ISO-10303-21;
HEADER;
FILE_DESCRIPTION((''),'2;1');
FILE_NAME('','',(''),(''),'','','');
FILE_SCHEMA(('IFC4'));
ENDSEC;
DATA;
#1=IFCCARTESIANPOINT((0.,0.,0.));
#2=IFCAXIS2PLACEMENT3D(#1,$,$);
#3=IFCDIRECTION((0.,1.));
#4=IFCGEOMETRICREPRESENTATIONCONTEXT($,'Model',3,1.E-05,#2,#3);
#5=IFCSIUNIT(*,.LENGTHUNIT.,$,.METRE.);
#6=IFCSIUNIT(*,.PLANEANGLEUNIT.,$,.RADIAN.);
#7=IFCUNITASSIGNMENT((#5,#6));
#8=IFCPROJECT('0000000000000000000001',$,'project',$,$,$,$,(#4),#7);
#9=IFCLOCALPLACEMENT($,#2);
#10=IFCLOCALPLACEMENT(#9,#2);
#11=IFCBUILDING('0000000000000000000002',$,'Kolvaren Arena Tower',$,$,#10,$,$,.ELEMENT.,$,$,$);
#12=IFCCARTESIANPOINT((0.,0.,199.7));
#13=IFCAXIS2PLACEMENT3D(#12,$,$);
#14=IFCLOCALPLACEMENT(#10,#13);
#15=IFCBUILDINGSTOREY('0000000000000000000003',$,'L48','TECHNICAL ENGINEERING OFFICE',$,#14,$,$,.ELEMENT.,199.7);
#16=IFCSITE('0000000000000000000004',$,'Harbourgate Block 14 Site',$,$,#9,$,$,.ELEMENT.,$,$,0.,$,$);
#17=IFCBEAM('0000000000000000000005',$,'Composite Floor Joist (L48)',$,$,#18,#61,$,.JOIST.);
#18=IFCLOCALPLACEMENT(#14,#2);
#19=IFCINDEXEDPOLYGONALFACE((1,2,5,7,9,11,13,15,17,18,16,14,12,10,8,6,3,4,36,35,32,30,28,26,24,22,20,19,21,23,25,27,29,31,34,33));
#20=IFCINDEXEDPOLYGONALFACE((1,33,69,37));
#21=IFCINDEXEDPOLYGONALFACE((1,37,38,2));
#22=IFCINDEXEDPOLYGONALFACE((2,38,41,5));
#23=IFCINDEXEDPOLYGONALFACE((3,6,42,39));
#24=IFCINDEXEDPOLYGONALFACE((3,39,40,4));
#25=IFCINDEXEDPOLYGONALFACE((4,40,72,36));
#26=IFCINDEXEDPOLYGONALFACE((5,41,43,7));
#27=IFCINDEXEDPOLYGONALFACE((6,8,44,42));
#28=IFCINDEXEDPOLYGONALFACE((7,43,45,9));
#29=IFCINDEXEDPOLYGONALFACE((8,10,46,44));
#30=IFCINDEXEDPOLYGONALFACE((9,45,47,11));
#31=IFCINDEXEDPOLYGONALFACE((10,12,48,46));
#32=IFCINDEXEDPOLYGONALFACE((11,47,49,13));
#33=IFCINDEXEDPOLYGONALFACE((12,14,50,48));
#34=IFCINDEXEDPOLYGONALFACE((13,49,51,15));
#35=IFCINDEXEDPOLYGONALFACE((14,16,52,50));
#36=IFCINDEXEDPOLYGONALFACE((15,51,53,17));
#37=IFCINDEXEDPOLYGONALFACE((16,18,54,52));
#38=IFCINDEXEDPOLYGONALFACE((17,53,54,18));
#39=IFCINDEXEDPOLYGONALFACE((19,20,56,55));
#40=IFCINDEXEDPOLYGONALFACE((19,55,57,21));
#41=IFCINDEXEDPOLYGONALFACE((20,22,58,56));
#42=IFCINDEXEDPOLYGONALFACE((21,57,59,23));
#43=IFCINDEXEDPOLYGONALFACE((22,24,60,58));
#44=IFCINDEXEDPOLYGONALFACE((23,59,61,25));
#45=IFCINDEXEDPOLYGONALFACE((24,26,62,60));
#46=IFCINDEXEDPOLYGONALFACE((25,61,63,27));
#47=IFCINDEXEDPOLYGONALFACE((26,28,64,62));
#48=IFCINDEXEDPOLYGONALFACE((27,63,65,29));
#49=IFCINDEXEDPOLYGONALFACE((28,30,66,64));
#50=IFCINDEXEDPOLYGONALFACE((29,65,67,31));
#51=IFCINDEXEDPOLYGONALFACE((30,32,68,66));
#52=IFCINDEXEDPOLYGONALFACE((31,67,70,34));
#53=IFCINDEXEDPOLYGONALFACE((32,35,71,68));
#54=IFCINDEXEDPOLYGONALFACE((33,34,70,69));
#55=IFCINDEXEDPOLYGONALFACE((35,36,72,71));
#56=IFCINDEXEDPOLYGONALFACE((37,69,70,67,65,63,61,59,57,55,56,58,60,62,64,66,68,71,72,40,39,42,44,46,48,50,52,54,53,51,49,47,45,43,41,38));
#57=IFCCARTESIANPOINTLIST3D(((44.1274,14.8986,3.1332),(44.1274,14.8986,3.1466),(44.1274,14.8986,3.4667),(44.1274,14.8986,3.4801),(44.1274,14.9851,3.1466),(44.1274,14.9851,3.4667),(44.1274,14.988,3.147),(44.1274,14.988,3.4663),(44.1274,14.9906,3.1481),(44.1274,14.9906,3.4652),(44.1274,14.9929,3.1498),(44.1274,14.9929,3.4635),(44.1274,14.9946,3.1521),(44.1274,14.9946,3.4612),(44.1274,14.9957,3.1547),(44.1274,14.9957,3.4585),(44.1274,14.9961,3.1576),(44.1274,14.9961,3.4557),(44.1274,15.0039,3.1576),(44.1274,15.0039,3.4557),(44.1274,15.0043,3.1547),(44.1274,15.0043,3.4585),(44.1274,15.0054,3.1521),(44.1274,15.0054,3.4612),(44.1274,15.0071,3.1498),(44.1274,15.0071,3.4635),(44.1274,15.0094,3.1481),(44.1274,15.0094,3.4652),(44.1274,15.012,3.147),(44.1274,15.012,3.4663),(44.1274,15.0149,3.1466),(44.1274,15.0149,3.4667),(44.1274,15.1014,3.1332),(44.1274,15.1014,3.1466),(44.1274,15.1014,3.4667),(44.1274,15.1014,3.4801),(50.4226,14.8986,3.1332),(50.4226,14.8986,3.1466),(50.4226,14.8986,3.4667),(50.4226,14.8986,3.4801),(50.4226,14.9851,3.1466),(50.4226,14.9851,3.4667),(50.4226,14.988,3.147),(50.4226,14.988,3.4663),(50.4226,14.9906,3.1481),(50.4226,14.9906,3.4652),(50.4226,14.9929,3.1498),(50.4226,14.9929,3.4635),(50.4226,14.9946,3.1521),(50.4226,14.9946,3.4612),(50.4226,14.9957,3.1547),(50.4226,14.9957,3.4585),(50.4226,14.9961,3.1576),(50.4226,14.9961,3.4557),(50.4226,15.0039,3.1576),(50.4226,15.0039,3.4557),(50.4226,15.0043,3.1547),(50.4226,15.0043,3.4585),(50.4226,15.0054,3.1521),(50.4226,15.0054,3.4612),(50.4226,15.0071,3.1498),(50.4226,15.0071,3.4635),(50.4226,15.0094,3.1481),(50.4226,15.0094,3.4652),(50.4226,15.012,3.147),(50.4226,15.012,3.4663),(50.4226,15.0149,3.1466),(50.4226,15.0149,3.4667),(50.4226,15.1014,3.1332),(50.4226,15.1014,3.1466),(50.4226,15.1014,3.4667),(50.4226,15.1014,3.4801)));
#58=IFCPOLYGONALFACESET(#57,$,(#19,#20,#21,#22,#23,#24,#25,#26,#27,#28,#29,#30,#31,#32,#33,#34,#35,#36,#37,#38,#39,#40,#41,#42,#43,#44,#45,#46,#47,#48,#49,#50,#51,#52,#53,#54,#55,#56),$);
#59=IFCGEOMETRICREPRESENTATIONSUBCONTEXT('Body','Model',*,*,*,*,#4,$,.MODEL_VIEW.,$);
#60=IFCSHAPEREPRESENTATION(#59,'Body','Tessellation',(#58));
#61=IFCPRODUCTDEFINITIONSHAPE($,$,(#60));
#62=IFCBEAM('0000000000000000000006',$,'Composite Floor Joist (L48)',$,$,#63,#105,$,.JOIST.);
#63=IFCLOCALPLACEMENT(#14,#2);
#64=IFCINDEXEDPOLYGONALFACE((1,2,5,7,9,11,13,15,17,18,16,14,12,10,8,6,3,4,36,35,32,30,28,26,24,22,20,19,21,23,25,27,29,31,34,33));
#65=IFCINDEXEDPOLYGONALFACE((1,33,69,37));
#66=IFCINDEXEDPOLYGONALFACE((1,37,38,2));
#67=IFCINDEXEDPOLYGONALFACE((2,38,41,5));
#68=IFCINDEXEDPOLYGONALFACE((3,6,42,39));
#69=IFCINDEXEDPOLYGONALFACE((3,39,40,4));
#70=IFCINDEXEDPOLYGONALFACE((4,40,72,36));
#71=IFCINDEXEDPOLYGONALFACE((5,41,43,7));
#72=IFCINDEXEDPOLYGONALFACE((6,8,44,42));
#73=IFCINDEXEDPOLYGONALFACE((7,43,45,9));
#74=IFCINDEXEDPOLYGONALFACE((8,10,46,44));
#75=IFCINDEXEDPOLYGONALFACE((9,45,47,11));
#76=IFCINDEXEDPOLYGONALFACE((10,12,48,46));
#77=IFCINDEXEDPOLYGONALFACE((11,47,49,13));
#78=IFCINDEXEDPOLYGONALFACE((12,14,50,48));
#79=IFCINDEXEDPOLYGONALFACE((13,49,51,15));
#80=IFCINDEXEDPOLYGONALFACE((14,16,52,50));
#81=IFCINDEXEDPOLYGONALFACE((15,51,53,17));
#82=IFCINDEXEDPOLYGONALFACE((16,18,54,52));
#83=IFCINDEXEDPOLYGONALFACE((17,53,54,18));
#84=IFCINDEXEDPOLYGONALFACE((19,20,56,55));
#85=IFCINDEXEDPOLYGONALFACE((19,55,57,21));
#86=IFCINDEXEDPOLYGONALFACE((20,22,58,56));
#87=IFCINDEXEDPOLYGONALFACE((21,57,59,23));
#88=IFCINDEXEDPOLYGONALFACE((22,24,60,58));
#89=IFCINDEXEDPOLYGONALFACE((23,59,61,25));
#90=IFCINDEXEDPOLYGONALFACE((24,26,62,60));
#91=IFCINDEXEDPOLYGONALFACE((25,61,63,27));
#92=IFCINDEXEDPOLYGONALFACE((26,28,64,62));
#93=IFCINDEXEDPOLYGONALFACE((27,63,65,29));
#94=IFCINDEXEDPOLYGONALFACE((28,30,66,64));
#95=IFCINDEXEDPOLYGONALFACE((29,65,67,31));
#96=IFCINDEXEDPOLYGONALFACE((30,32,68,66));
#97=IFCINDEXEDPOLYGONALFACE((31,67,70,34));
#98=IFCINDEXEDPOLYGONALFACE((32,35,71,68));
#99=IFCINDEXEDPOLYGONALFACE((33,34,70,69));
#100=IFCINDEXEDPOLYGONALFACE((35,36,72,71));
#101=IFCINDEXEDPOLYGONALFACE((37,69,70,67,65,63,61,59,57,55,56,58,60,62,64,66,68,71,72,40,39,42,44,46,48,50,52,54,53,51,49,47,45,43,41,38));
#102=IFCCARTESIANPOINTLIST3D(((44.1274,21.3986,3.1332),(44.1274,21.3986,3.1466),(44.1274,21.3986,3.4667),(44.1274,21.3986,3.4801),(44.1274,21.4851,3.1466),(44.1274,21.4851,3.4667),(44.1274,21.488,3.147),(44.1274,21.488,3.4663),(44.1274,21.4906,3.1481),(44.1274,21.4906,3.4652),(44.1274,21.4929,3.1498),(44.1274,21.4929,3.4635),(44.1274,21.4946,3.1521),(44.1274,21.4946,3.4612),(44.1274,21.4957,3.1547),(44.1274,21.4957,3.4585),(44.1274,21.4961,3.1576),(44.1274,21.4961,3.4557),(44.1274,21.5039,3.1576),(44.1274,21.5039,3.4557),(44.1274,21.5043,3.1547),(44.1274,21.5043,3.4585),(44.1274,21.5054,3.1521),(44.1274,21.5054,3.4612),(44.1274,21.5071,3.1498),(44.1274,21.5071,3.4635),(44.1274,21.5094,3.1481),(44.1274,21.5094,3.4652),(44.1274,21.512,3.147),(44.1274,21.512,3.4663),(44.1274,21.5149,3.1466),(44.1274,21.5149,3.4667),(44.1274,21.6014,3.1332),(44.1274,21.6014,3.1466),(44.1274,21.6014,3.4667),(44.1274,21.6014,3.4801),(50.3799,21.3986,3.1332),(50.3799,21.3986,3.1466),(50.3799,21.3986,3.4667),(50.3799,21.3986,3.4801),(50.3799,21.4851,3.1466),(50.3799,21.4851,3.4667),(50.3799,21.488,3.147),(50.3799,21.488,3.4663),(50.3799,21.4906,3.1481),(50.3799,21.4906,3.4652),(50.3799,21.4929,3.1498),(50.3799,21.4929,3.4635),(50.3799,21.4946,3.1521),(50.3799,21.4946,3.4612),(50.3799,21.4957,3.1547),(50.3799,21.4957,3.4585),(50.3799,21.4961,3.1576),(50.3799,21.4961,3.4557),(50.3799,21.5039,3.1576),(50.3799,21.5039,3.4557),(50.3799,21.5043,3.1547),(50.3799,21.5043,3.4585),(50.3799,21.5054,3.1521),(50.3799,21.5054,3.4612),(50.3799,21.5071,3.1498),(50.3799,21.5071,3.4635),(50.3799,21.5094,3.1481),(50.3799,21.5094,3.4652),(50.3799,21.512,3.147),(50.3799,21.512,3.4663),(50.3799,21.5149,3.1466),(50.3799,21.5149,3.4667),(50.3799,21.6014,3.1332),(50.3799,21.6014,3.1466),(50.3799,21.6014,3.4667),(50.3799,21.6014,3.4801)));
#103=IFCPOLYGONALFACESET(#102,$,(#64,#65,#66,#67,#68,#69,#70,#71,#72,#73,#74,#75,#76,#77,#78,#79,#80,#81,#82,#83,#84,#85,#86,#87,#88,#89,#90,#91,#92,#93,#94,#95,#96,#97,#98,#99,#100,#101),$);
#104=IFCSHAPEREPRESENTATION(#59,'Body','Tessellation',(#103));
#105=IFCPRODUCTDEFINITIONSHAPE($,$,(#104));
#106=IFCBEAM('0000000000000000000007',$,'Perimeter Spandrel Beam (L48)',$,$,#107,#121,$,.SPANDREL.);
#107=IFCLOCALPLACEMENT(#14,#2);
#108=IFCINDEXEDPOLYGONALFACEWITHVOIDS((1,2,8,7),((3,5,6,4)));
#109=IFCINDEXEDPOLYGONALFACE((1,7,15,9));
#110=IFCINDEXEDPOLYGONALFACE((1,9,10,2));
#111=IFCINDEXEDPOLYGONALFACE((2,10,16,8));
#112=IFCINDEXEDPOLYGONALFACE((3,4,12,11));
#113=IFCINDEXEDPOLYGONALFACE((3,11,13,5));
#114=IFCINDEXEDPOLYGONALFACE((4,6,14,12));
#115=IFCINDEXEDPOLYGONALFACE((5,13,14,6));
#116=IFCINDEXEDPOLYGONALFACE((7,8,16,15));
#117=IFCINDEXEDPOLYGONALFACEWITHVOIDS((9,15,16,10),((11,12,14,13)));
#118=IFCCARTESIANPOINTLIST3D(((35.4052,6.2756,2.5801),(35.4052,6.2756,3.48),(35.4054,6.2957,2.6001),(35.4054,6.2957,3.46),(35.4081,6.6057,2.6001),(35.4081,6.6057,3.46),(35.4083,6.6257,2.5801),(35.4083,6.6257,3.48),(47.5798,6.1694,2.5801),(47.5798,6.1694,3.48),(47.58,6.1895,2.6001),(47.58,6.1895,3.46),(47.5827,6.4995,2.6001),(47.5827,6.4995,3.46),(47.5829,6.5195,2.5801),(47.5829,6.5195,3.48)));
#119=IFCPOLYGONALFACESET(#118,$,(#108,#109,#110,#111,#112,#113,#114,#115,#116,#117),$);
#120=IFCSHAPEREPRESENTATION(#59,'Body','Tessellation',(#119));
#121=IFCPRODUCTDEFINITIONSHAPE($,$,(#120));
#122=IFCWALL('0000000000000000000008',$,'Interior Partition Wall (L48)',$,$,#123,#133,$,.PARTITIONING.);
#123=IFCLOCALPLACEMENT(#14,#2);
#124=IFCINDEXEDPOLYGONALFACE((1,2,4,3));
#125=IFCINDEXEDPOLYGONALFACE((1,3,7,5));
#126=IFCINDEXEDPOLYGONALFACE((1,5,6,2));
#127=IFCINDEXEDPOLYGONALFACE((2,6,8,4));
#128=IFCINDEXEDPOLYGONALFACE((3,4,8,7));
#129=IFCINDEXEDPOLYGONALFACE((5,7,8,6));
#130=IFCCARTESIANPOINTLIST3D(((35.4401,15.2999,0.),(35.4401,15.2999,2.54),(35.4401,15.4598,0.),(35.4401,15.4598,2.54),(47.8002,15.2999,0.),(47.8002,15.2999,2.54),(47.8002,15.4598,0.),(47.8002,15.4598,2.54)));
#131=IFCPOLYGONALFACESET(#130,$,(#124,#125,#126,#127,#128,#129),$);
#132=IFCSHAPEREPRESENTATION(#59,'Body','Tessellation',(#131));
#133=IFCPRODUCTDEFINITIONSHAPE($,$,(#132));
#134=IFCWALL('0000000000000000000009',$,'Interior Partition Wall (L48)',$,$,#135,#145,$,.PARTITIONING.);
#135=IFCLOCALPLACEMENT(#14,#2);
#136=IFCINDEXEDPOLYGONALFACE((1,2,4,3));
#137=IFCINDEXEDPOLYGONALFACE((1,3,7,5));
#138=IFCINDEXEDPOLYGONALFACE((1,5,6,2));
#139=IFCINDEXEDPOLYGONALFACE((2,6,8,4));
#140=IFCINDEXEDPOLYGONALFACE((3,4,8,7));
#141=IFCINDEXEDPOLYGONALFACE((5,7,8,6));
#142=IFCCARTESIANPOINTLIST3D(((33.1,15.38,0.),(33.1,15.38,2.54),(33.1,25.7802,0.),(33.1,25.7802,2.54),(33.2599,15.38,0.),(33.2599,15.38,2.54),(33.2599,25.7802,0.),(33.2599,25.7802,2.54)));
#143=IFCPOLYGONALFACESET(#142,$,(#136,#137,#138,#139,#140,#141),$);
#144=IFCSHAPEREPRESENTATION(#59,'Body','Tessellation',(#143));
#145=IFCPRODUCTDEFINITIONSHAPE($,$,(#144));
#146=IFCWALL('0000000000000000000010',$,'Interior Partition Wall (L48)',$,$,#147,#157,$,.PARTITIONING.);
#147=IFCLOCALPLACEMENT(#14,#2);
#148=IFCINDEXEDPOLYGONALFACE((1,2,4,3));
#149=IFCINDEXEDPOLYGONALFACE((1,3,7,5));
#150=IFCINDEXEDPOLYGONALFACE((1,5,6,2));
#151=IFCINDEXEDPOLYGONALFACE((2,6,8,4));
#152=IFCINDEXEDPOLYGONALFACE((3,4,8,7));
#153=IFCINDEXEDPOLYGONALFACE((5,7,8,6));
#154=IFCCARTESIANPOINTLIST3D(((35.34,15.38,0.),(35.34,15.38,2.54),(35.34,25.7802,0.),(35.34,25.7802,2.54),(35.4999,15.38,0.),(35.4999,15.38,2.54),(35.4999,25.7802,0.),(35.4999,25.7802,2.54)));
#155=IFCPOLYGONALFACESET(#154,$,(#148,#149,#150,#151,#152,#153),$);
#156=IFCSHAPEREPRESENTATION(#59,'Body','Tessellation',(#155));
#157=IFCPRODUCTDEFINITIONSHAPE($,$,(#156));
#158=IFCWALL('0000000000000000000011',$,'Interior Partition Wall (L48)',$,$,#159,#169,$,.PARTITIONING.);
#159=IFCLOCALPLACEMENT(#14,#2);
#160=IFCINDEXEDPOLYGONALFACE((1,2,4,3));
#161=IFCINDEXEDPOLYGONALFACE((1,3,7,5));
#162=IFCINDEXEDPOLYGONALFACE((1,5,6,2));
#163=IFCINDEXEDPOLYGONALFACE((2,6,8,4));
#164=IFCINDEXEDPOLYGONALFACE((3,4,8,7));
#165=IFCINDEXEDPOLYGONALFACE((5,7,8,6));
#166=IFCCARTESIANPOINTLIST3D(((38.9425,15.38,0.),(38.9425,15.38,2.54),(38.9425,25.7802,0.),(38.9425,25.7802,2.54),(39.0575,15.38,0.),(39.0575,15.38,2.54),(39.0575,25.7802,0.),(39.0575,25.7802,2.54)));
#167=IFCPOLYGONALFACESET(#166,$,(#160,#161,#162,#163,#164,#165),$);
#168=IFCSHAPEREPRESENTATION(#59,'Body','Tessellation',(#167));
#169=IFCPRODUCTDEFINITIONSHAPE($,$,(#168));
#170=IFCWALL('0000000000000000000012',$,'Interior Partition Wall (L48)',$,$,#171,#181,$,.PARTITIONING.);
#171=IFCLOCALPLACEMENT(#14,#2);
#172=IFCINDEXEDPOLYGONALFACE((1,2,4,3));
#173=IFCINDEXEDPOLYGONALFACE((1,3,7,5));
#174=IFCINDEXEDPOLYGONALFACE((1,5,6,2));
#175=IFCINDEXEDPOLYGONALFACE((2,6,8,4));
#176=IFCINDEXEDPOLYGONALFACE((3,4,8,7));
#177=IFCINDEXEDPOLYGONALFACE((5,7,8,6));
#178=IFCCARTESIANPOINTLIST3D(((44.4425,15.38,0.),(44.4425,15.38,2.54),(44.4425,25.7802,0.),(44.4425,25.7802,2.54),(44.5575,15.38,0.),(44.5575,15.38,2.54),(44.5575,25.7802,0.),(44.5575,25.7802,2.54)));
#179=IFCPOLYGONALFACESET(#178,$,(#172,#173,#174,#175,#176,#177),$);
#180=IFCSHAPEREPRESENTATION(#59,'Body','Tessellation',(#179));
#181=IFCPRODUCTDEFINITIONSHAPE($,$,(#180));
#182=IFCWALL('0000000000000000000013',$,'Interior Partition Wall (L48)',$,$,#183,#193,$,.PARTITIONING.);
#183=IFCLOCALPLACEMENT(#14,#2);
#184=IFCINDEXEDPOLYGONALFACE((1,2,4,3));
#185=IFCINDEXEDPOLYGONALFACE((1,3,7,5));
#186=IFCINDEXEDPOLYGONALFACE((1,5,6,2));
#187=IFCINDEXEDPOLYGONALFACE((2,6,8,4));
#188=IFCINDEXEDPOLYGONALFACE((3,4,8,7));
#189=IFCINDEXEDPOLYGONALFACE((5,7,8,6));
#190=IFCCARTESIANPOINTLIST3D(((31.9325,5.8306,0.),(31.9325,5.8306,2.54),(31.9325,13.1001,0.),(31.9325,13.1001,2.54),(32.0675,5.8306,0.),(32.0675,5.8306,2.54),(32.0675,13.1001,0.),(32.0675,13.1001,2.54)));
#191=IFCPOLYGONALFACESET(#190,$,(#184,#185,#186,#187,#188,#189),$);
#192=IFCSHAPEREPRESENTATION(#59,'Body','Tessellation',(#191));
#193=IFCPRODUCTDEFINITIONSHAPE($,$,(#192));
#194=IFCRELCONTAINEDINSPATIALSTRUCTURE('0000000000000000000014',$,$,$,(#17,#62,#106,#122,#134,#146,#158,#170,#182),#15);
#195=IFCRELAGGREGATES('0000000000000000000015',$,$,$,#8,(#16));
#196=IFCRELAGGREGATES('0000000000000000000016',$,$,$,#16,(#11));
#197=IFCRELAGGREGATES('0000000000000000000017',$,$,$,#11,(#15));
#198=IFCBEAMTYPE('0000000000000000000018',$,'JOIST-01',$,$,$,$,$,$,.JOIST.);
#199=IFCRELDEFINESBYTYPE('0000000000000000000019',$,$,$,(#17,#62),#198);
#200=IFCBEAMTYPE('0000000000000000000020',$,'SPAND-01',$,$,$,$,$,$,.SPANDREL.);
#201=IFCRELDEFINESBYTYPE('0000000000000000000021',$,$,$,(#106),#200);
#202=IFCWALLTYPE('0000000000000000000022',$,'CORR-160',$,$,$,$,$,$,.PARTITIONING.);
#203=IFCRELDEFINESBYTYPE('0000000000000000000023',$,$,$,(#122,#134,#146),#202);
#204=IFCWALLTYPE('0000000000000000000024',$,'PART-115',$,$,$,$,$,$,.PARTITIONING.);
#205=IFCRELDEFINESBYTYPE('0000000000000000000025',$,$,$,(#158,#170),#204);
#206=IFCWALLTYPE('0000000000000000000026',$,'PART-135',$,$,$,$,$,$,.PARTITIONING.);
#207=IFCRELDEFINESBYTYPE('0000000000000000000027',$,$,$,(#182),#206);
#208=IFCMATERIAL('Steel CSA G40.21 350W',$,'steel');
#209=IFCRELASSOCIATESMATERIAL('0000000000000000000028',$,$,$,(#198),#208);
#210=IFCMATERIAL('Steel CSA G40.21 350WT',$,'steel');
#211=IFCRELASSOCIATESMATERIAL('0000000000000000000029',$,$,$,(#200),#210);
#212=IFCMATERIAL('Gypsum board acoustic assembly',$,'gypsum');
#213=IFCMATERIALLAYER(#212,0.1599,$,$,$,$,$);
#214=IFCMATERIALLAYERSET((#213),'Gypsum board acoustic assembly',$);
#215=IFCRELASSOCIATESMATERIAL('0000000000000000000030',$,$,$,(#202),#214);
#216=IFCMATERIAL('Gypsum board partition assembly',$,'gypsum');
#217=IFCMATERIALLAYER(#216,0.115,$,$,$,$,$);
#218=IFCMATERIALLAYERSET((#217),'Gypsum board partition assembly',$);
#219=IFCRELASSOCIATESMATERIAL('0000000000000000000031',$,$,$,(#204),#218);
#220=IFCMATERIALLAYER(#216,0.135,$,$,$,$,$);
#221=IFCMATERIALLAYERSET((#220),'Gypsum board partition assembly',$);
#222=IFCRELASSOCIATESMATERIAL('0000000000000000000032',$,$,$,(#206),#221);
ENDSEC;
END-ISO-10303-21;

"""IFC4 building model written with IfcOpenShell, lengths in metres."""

from ifc_helpers import new_model, si_unit, direction, frame, frame_2d, origin, origin_2d, place, context, subcontext, project, spatial, rectangle, hollow_rectangle, i_section, extrude, material, layer, layer_set, material_profile, profile_set, type_object, element, save


model = new_model("IFC4")

# Units and contexts
model_context = context("Model", 3, precision=1e-05, world=origin(), true_north=direction((0.0, 1.0)))
body_context = subcontext(model_context, "Body", "Model", "MODEL_VIEW")
ifc_project = project(units=[si_unit("LENGTHUNIT", "METRE"), si_unit("PLANEANGLEUNIT", "RADIAN")], contexts=[model_context])

# Site, building, storey
site_placement = place(None, origin())
site = spatial("IfcSite", under=ifc_project, at=site_placement, Name="Harbourgate Block 14 Site", CompositionType="ELEMENT", RefElevation=0.0)
building_placement = place(site_placement, origin())
building = spatial("IfcBuilding", under=site, at=building_placement, Name="Kolvaren Arena Tower", CompositionType="ELEMENT")
storey_placement = place(building_placement, frame((0.0, 0.0, 199.7)))
storey = spatial("IfcBuildingStorey", under=building, at=storey_placement, Name="L48", Description="TECHNICAL ENGINEERING OFFICE", CompositionType="ELEMENT", Elevation=199.7)

# Beams
ifc_material_1 = material(Name="Steel CSA G40.21 350W", Category="steel")
ifc_material_profile_1 = material_profile(ifc_material_1, i_section(OverallWidth=0.2029, OverallDepth=0.3469, WebThickness=0.0078, FlangeThickness=0.0134, FilletRadius=0.011, at=origin_2d()), Name="W360x64")
ifc_profile_set_1 = profile_set([ifc_material_profile_1], Name="Steel CSA G40.21 350W")
beam_type_1 = type_object("IfcBeamType", Name="JOIST-01", PredefinedType="JOIST", material=ifc_profile_set_1)
for number, where, z_axis, x_axis, name in (
    (1, (44.1274, 15.0, 3.3066), (1.0, 0.0, 0.0), (0.0, 1.0, 0.0), "Composite Floor Joist (L48)"),
):
    element("IfcBeam", number, at=place(storey_placement, frame(where, z_axis=z_axis, x_axis=x_axis)), inside=storey, type_object=beam_type_1, Name=name, PredefinedType="JOIST", context=body_context, shape_type="SweptSolid", body=[
        extrude(i_section(OverallWidth=0.2029, OverallDepth=0.3469, WebThickness=0.0078, FlangeThickness=0.0134, FilletRadius=0.011, at=origin_2d()), origin(), (0.0, 0.0, 1.0), 6.2952),
    ])
beam_1_placement = place(storey_placement, frame((44.1274, 21.5, 3.3066), z_axis=(1.0, 0.0, 0.0), x_axis=(0.0, 1.0, 0.0)))
element("IfcBeam", 2, at=beam_1_placement, inside=storey, type_object=beam_type_1, Name="Composite Floor Joist (L48)", PredefinedType="JOIST", context=body_context, shape_type="SweptSolid", body=[
    extrude(i_section(OverallWidth=0.2029, OverallDepth=0.3469, WebThickness=0.0078, FlangeThickness=0.0134, FilletRadius=0.011, at=origin_2d()), origin(), (0.0, 0.0, 1.0), 6.2524),
])
ifc_material_2 = material(Name="Steel CSA G40.21 350WT", Category="steel")
ifc_material_profile_2 = material_profile(ifc_material_2, hollow_rectangle(XDim=0.3501, YDim=0.8999, WallThickness=0.02, at=origin_2d()), Name="HSS 900x350x20")
ifc_profile_set_2 = profile_set([ifc_material_profile_2], Name="Steel CSA G40.21 350WT")
beam_type_2 = type_object("IfcBeamType", Name="SPAND-01", PredefinedType="SPANDREL", material=ifc_profile_set_2)
beam_2_placement = place(storey_placement, frame((35.4067, 6.4507, 3.03), z_axis=(0.999962, -0.008723, 0.0), x_axis=(0.008723, 0.999962, 0.0)))
element("IfcBeam", 3, at=beam_2_placement, inside=storey, type_object=beam_type_2, Name="Perimeter Spandrel Beam (L48)", PredefinedType="SPANDREL", context=body_context, shape_type="SweptSolid", body=[
    extrude(hollow_rectangle(XDim=0.3501, YDim=0.8999, WallThickness=0.02, at=origin_2d()), origin(), (0.0, 0.0, 1.0), 12.175),
])

# Shared definitions
ifc_material_3 = material(Name="Gypsum board acoustic assembly", Category="gypsum")
ifc_layer_1 = layer(ifc_material_3, 0.1599)
ifc_layer_set_1 = layer_set([ifc_layer_1], Name="Gypsum board acoustic assembly")
wall_type_1 = type_object("IfcWallType", Name="CORR-160", PredefinedType="PARTITIONING", material=ifc_layer_set_1)

# Walls
wall_1_placement = place(storey_placement, frame((35.4399, 15.3799, 0.0), z_axis=(0.0, 0.0, 1.0), x_axis=(1.0, 0.0, 0.0)))
element("IfcWall", 4, at=wall_1_placement, inside=storey, type_object=wall_type_1, Name="Interior Partition Wall (L48)", PredefinedType="PARTITIONING", context=body_context, shape_type="SweptSolid", body=[
    extrude(rectangle(XDim=12.3601, YDim=0.1599, at=frame_2d((6.1802, 0.0))), origin(), (0.0, 0.0, 1.0), 2.54),
])
for number, where, z_axis, x_axis, name in (
    (5, (33.1799, 15.3799, 0.0), (0.0, 0.0, 1.0), (0.0, 1.0, 0.0), "Interior Partition Wall (L48)"),
    (6, (35.4199, 15.3799, 0.0), (0.0, 0.0, 1.0), (0.0, 1.0, 0.0), "Interior Partition Wall (L48)"),
):
    element("IfcWall", number, at=place(storey_placement, frame(where, z_axis=z_axis, x_axis=x_axis)), inside=storey, type_object=wall_type_1, Name=name, PredefinedType="PARTITIONING", context=body_context, shape_type="SweptSolid", body=[
        extrude(rectangle(XDim=10.4001, YDim=0.1599, at=frame_2d((5.2002, 0.0))), origin(), (0.0, 0.0, 1.0), 2.54),
    ])
ifc_material_4 = material(Name="Gypsum board partition assembly", Category="gypsum")
ifc_layer_2 = layer(ifc_material_4, 0.115)
ifc_layer_set_2 = layer_set([ifc_layer_2], Name="Gypsum board partition assembly")
wall_type_2 = type_object("IfcWallType", Name="PART-115", PredefinedType="PARTITIONING", material=ifc_layer_set_2)
for number, where, z_axis, x_axis, name in (
    (7, (39.0, 15.3799, 0.0), (0.0, 0.0, 1.0), (0.0, 1.0, 0.0), "Interior Partition Wall (L48)"),
    (8, (44.5, 15.3799, 0.0), (0.0, 0.0, 1.0), (0.0, 1.0, 0.0), "Interior Partition Wall (L48)"),
):
    element("IfcWall", number, at=place(storey_placement, frame(where, z_axis=z_axis, x_axis=x_axis)), inside=storey, type_object=wall_type_2, Name=name, PredefinedType="PARTITIONING", context=body_context, shape_type="SweptSolid", body=[
        extrude(rectangle(XDim=10.4001, YDim=0.115, at=frame_2d((5.2002, 0.0))), origin(), (0.0, 0.0, 1.0), 2.54),
    ])
ifc_layer_3 = layer(ifc_material_4, 0.135)
ifc_layer_set_3 = layer_set([ifc_layer_3], Name="Gypsum board partition assembly")
wall_type_3 = type_object("IfcWallType", Name="PART-135", PredefinedType="PARTITIONING", material=ifc_layer_set_3)
wall_2_placement = place(storey_placement, frame((32.0, 5.8306, 0.0), z_axis=(0.0, 0.0, 1.0), x_axis=(0.0, 1.0, 0.0)))
element("IfcWall", 9, at=wall_2_placement, inside=storey, type_object=wall_type_3, Name="Interior Partition Wall (L48)", PredefinedType="PARTITIONING", context=body_context, shape_type="SweptSolid", body=[
    extrude(rectangle(XDim=7.2695, YDim=0.135, at=frame_2d((3.6348, 0.0))), origin(), (0.0, 0.0, 1.0), 2.54),
])

save(model, "model.ifc")
